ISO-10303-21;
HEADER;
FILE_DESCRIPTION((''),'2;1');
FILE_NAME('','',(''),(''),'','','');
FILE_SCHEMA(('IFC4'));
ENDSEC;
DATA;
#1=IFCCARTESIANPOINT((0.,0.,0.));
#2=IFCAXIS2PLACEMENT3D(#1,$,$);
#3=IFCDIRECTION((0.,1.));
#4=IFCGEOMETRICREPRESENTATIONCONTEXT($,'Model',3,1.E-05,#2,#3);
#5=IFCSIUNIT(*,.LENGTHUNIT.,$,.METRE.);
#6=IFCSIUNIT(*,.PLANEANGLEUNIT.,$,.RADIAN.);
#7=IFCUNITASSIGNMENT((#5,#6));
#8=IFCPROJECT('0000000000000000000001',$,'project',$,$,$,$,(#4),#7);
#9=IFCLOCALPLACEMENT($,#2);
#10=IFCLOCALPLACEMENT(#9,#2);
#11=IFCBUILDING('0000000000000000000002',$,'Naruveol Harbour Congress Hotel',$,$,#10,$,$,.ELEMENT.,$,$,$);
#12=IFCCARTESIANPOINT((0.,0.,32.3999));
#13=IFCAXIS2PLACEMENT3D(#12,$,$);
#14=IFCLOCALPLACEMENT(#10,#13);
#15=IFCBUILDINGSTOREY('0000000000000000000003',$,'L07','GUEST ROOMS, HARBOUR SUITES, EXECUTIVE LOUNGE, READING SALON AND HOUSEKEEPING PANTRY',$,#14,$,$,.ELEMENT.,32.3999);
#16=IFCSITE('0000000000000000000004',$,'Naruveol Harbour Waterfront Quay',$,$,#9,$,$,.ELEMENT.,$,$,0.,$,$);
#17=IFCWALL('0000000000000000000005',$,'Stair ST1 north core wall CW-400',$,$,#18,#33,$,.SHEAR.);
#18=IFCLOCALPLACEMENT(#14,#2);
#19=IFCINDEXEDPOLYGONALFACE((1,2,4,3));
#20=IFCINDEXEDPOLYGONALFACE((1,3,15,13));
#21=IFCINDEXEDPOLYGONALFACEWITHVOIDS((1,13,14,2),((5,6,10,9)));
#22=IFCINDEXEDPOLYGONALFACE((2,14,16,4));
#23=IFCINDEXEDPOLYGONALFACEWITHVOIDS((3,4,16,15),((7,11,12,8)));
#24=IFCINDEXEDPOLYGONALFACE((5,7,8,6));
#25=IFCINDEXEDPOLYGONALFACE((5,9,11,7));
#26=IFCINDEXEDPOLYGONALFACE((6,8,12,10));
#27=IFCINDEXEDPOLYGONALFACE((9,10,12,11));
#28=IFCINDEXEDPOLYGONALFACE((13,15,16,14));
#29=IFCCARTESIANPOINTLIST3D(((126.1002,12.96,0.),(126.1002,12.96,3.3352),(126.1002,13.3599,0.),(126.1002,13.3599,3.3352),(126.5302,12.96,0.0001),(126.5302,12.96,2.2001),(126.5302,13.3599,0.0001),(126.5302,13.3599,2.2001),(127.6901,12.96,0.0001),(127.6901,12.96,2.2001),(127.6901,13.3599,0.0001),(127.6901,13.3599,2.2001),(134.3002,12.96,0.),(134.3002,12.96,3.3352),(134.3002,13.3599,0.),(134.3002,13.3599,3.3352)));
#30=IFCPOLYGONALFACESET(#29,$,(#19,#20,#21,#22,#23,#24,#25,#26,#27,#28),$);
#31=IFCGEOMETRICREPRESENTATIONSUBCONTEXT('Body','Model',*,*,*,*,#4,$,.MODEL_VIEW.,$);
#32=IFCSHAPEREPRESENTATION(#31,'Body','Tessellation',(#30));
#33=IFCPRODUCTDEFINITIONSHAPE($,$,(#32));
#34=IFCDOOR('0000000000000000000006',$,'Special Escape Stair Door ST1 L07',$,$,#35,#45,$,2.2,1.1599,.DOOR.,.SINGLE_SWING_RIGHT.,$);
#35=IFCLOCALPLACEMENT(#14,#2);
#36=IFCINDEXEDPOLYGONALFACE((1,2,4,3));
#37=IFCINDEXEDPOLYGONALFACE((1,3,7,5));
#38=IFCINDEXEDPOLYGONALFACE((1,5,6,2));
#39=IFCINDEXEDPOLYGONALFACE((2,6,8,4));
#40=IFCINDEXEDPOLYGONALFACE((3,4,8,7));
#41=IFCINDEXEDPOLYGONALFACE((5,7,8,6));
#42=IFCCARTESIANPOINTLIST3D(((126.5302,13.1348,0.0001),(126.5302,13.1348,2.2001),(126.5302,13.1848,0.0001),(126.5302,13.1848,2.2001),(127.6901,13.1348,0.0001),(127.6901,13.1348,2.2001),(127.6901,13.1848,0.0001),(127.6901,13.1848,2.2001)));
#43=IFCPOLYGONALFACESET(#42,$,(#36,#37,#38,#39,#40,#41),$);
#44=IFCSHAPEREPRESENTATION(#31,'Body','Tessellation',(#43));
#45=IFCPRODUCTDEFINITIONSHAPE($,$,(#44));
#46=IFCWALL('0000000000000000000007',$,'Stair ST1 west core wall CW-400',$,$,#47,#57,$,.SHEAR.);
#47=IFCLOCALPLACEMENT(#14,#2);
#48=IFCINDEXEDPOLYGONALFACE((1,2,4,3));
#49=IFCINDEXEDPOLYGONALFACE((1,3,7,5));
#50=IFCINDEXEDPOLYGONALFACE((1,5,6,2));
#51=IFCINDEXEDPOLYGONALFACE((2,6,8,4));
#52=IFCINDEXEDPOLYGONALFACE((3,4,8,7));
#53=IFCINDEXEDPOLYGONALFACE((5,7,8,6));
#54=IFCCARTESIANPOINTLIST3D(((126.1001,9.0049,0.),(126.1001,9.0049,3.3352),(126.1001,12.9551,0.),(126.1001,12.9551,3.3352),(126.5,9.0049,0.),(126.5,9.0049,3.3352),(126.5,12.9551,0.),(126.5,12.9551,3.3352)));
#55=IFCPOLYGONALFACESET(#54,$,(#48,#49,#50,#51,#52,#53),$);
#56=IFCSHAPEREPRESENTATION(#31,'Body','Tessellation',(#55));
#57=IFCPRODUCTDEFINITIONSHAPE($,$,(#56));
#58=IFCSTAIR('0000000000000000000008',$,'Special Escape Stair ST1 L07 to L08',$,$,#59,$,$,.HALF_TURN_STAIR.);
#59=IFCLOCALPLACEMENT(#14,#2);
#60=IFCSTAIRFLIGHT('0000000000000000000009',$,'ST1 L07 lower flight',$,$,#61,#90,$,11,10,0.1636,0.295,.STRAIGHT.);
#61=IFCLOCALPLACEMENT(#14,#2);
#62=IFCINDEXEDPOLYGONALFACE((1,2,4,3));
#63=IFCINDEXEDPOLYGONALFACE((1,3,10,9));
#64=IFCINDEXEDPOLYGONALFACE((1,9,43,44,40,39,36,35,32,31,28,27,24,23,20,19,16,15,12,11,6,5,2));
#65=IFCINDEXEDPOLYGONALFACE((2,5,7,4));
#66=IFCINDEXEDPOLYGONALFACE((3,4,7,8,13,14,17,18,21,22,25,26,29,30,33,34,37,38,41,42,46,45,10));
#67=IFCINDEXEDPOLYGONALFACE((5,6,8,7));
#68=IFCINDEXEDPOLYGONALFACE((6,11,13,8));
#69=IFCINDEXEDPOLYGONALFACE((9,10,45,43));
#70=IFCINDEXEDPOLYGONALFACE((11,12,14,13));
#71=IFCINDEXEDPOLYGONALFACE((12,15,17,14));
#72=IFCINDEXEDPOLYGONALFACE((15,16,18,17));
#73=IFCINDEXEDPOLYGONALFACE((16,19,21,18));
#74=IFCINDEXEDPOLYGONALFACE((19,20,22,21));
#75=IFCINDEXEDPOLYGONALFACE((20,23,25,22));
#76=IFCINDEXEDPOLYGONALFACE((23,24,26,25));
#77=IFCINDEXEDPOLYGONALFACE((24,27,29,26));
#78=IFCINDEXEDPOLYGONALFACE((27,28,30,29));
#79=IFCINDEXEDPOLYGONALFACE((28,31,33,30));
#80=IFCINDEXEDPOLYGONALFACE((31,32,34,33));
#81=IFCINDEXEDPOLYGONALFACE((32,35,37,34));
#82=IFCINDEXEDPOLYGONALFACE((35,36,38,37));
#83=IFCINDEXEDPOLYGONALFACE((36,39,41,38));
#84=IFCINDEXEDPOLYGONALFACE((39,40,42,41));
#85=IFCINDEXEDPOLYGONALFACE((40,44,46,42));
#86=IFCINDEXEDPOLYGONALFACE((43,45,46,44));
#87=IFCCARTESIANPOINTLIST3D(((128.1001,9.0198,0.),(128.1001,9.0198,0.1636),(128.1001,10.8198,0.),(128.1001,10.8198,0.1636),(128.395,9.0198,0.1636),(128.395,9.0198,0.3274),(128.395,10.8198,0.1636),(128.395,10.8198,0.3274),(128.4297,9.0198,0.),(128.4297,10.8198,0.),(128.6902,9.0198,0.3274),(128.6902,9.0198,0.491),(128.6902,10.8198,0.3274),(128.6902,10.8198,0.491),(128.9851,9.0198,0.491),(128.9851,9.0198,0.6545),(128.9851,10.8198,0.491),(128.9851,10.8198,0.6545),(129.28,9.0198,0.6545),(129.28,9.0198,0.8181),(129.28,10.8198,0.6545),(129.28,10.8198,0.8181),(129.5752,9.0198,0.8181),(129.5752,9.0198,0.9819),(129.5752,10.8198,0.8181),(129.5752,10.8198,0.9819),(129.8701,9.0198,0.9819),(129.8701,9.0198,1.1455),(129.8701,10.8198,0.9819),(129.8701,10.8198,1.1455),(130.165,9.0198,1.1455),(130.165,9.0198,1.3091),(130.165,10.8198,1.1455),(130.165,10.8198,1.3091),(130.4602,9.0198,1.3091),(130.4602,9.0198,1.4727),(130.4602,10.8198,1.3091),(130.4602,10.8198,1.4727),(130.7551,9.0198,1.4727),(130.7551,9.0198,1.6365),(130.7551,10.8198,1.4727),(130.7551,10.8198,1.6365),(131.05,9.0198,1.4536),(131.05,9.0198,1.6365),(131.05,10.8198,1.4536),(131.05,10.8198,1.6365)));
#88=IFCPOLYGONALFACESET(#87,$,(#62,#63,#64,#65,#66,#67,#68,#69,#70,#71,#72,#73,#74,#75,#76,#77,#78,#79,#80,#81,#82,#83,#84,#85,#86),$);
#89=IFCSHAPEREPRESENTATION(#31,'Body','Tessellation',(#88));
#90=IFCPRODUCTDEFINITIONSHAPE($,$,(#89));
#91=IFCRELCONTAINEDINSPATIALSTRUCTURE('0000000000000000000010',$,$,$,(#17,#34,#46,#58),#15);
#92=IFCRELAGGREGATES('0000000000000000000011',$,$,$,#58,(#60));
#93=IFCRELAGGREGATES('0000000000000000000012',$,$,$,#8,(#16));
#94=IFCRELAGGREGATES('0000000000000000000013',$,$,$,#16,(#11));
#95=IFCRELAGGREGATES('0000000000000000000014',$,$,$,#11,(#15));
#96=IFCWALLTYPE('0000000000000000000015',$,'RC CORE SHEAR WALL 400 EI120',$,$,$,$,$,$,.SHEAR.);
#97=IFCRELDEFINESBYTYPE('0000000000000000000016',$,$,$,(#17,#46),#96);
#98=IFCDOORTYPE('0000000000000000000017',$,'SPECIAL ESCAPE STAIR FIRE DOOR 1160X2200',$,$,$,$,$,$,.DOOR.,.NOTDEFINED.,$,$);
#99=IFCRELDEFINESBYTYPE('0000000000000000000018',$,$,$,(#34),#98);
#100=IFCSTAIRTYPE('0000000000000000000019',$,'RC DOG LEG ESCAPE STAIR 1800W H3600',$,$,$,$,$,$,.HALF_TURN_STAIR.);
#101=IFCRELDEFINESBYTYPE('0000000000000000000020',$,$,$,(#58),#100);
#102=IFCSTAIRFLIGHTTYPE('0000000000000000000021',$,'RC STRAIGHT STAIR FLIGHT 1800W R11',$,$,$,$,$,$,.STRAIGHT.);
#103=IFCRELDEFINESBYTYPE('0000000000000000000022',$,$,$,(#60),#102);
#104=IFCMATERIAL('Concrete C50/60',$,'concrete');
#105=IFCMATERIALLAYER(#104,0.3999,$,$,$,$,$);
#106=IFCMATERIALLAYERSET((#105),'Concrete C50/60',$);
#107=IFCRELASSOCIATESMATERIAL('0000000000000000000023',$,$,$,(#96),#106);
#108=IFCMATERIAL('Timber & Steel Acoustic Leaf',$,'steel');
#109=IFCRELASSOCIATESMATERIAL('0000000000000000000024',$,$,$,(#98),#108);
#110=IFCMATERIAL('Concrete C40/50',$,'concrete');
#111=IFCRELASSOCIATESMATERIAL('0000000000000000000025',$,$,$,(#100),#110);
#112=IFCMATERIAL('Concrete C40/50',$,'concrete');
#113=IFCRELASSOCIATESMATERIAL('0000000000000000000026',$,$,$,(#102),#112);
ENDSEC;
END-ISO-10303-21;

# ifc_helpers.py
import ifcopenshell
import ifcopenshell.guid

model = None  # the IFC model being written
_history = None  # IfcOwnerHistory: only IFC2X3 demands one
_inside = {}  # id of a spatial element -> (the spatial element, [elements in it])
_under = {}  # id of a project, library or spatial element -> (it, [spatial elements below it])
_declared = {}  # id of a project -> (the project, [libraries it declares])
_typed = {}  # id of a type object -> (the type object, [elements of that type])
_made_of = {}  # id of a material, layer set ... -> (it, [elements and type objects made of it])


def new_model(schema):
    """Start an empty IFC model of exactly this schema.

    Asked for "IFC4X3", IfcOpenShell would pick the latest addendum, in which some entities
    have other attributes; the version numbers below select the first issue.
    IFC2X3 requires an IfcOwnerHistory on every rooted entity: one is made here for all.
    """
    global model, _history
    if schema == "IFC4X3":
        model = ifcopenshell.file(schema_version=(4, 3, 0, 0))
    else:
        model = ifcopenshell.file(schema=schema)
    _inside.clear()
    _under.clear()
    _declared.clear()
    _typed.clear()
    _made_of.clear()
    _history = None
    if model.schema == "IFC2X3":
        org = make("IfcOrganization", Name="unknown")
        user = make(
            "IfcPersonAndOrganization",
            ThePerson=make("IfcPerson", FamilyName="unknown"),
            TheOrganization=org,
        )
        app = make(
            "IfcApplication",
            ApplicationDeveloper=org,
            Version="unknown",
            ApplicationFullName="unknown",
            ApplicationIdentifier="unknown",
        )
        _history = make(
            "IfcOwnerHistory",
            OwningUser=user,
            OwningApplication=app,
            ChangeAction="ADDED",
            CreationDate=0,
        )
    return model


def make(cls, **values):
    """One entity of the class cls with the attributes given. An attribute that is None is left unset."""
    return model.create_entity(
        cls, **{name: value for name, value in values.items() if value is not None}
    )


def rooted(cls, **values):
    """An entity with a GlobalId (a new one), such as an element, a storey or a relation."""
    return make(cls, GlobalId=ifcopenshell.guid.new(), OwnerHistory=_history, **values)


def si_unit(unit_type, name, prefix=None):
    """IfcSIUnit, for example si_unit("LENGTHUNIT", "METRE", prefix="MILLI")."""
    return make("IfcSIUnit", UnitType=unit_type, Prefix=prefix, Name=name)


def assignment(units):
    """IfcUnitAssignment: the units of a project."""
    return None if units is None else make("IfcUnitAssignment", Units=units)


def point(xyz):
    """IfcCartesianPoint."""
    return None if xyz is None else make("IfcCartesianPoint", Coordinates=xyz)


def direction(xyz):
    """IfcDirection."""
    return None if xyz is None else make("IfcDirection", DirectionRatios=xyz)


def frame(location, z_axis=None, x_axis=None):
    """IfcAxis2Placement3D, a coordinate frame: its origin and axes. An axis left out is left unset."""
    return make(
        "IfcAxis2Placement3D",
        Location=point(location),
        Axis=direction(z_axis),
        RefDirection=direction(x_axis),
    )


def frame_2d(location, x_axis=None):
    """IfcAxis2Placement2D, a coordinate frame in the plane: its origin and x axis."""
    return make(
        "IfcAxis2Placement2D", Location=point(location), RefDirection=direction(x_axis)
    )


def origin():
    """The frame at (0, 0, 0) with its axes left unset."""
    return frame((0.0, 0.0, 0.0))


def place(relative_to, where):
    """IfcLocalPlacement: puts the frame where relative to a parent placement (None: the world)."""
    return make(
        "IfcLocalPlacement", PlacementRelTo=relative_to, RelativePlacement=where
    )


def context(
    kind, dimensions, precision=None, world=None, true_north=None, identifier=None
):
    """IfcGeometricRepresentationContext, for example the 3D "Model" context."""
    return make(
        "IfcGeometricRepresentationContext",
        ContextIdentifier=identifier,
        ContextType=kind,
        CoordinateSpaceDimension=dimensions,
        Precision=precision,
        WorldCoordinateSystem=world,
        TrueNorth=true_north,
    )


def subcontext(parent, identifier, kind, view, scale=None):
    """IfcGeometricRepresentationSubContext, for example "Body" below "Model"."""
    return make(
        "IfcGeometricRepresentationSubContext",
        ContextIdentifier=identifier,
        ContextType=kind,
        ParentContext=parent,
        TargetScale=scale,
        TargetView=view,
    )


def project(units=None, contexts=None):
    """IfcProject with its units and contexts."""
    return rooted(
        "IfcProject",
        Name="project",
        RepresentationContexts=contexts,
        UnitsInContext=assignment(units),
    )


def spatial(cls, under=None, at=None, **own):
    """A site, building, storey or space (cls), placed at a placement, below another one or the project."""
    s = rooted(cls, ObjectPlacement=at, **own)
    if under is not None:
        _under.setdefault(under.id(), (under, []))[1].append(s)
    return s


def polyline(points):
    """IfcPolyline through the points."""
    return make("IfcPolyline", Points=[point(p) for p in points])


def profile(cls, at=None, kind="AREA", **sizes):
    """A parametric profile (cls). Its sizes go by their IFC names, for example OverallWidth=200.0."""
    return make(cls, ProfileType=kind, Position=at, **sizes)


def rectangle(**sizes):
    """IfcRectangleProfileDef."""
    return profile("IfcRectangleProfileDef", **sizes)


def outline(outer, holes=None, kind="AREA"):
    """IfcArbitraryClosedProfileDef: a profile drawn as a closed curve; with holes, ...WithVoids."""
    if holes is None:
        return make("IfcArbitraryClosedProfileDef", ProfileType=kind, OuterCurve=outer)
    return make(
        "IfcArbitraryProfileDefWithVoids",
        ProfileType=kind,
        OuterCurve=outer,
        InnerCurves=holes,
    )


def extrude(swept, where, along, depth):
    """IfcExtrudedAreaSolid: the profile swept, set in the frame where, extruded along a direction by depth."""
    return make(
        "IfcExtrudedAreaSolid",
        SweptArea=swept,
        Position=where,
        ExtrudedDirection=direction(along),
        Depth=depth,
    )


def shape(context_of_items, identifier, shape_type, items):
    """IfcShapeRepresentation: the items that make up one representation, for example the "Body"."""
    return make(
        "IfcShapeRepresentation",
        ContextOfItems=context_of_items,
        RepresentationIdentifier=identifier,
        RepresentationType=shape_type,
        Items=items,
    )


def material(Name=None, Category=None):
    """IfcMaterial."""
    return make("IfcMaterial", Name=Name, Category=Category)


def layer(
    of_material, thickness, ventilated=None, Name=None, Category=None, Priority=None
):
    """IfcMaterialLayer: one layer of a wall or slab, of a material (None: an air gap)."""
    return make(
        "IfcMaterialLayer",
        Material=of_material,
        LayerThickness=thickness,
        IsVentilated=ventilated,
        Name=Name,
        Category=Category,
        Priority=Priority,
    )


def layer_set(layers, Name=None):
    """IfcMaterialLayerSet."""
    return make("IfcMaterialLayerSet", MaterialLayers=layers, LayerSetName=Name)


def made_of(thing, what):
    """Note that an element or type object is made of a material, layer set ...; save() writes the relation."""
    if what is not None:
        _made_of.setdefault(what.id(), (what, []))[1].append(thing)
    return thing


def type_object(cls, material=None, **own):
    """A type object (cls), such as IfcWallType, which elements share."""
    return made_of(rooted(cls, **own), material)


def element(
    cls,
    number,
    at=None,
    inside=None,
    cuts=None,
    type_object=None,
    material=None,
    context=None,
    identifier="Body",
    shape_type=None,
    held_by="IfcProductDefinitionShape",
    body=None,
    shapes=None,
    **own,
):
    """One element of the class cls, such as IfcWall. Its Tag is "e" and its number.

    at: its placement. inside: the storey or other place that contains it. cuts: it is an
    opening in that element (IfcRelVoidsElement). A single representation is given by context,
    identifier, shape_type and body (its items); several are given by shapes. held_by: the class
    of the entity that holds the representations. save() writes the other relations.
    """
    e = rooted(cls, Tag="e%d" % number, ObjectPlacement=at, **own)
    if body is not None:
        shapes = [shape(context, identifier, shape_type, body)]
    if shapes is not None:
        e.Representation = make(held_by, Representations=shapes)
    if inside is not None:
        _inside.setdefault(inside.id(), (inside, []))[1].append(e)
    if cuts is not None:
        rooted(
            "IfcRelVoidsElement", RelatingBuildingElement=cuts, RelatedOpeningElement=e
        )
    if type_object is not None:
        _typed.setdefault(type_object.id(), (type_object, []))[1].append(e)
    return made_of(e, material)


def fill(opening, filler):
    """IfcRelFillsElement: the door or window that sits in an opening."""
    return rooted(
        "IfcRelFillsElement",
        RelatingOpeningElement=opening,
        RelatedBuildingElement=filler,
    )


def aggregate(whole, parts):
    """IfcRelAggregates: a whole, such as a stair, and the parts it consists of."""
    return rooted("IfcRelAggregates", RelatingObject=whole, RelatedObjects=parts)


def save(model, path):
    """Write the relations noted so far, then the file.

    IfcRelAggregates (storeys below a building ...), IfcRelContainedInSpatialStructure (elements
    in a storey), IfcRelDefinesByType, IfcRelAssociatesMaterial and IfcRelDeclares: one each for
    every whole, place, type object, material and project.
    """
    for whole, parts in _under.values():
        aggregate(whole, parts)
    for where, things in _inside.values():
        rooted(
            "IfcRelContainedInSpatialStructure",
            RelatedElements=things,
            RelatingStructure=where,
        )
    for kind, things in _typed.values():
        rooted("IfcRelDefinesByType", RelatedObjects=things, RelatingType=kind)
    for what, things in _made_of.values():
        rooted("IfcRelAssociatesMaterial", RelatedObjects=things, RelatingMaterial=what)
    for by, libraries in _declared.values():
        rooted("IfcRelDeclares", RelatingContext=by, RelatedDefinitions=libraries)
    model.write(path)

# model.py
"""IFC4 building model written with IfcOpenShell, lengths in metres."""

from ifc_helpers import new_model, si_unit, direction, frame, frame_2d, origin, place, context, subcontext, project, spatial, polyline, rectangle, outline, extrude, material, layer, layer_set, type_object, element, fill, aggregate, save


model = new_model("IFC4")

# Units and contexts
model_context = context("Model", 3, precision=1e-05, world=origin(), true_north=direction((0.0, 1.0)))
body_context = subcontext(model_context, "Body", "Model", "MODEL_VIEW")
ifc_project = project(units=[si_unit("LENGTHUNIT", "METRE"), si_unit("PLANEANGLEUNIT", "RADIAN")], contexts=[model_context])

# Site, building, storey
site_placement = place(None, origin())
site = spatial("IfcSite", under=ifc_project, at=site_placement, Name="Naruveol Harbour Waterfront Quay", CompositionType="ELEMENT", RefElevation=0.0)
building_placement = place(site_placement, origin())
building = spatial("IfcBuilding", under=site, at=building_placement, Name="Naruveol Harbour Congress Hotel", CompositionType="ELEMENT")
storey_placement = place(building_placement, frame((0.0, 0.0, 32.3999)))
storey = spatial("IfcBuildingStorey", under=building, at=storey_placement, Name="L07", Description="GUEST ROOMS, HARBOUR SUITES, EXECUTIVE LOUNGE, READING SALON AND HOUSEKEEPING PANTRY", CompositionType="ELEMENT", Elevation=32.3999)

# Shared definitions
ifc_material_1 = material(Name="Concrete C50/60", Category="concrete")
ifc_layer_1 = layer(ifc_material_1, 0.3999)
ifc_layer_set_1 = layer_set([ifc_layer_1], Name="Concrete C50/60")
wall_type_1 = type_object("IfcWallType", Name="RC CORE SHEAR WALL 400 EI120", PredefinedType="SHEAR", material=ifc_layer_set_1)

# Wall, opening, door
wall_1_placement = place(storey_placement, frame((126.1001, 13.1599, 0.0), z_axis=(0.0, 0.0, 1.0), x_axis=(1.0, 0.0, 0.0)))
wall_1 = element("IfcWall", 1, at=wall_1_placement, inside=storey, type_object=wall_type_1, Name="Stair ST1 north core wall CW-400", PredefinedType="SHEAR", context=body_context, shape_type="SweptSolid", body=[
    extrude(rectangle(XDim=8.2, YDim=0.3999, at=frame_2d((4.1001, 0.0))), origin(), (0.0, 0.0, 1.0), 3.3352),
])
opening_1_placement = place(wall_1_placement, frame((0.4299, 0.0, 0.0)))
opening_1 = element("IfcOpeningElement", 2, at=opening_1_placement, cuts=wall_1, PredefinedType="OPENING", context=body_context, shape_type="SweptSolid", body=[
    extrude(rectangle(XDim=1.1599, YDim=2.2, at=frame_2d((0.5801, 1.1001))), frame((0.0, 0.21, 0.0), z_axis=(0.0, -1.0, 0.0), x_axis=(1.0, 0.0, 0.0)), (0.0, 0.0, 1.0), 0.4199),
])
ifc_material_2 = material(Name="Timber & Steel Acoustic Leaf", Category="steel")
door_type_1 = type_object("IfcDoorType", Name="SPECIAL ESCAPE STAIR FIRE DOOR 1160X2200", OperationType="NOTDEFINED", PredefinedType="DOOR", material=ifc_material_2)
door_1_placement = place(opening_1_placement, origin())
door_1 = element("IfcDoor", 3, at=door_1_placement, inside=storey, type_object=door_type_1, Name="Special Escape Stair Door ST1 L07", OperationType="SINGLE_SWING_RIGHT", OverallHeight=2.2, OverallWidth=1.1599, PredefinedType="DOOR", context=body_context, shape_type="SweptSolid", body=[
    extrude(rectangle(XDim=1.1599, YDim=2.2, at=frame_2d((0.5801, 1.1001))), frame((0.0, 0.0249, 0.0), z_axis=(0.0, -1.0, 0.0), x_axis=(1.0, 0.0, 0.0)), (0.0, 0.0, 1.0), 0.05),
])
fill(opening_1, door_1)

# Wall
wall_2_placement = place(storey_placement, frame((126.3, 9.0049, 0.0), z_axis=(0.0, 0.0, 1.0), x_axis=(0.0, 1.0, 0.0)))
element("IfcWall", 4, at=wall_2_placement, inside=storey, type_object=wall_type_1, Name="Stair ST1 west core wall CW-400", PredefinedType="SHEAR", context=body_context, shape_type="SweptSolid", body=[
    extrude(rectangle(XDim=3.9502, YDim=0.3999, at=frame_2d((1.9751, 0.0))), origin(), (0.0, 0.0, 1.0), 3.3352),
])

# Stair, stair flight
ifc_material_3 = material(Name="Concrete C40/50", Category="concrete")
stair_type = type_object("IfcStairType", Name="RC DOG LEG ESCAPE STAIR 1800W H3600", PredefinedType="HALF_TURN_STAIR", material=ifc_material_3)
stair_placement = place(storey_placement, origin())
stair = element("IfcStair", 5, at=stair_placement, inside=storey, type_object=stair_type, Name="Special Escape Stair ST1 L07 to L08", PredefinedType="HALF_TURN_STAIR")
ifc_material_4 = material(Name="Concrete C40/50", Category="concrete")
stair_flight_type = type_object("IfcStairFlightType", Name="RC STRAIGHT STAIR FLIGHT 1800W R11", PredefinedType="STRAIGHT", material=ifc_material_4)
stair_flight_placement = place(storey_placement, frame((128.1001, 9.9199, 0.0), z_axis=(0.0, 0.0, 1.0), x_axis=(1.0, 0.0, 0.0)))
stair_flight = element("IfcStairFlight", 6, at=stair_flight_placement, type_object=stair_flight_type, Name="ST1 L07 lower flight", NumberOfRisers=11, NumberOfTreads=10, PredefinedType="STRAIGHT", RiserHeight=0.1636, TreadLength=0.295, context=body_context, shape_type="SweptSolid", body=[
    extrude(outline(polyline([(0.0, 0.0), (0.0, 0.1636), (0.2949, 0.1636), (0.2949, 0.3274), (0.5901, 0.3274), (0.5901, 0.491), (0.885, 0.491), (0.885, 0.6545), (1.1799, 0.6545), (1.1799, 0.8181), (1.4751, 0.8181), (1.4751, 0.9819), (1.77, 0.9819), (1.77, 1.1455), (2.0649, 1.1455), (2.0649, 1.3091), (2.3601, 1.3091), (2.3601, 1.4727), (2.655, 1.4727), (2.655, 1.6365), (2.95, 1.6365), (2.95, 1.8), (2.95, 1.4536), (0.3296, 0.0), (0.0, 0.0)])), frame((0.0, 0.8999, 0.0), z_axis=(0.0, -1.0, 0.0), x_axis=(1.0, 0.0, 0.0)), (0.0, 0.0, 1.0), 1.8),
])
aggregate(stair, [stair_flight])

save(model, "model.ifc")
